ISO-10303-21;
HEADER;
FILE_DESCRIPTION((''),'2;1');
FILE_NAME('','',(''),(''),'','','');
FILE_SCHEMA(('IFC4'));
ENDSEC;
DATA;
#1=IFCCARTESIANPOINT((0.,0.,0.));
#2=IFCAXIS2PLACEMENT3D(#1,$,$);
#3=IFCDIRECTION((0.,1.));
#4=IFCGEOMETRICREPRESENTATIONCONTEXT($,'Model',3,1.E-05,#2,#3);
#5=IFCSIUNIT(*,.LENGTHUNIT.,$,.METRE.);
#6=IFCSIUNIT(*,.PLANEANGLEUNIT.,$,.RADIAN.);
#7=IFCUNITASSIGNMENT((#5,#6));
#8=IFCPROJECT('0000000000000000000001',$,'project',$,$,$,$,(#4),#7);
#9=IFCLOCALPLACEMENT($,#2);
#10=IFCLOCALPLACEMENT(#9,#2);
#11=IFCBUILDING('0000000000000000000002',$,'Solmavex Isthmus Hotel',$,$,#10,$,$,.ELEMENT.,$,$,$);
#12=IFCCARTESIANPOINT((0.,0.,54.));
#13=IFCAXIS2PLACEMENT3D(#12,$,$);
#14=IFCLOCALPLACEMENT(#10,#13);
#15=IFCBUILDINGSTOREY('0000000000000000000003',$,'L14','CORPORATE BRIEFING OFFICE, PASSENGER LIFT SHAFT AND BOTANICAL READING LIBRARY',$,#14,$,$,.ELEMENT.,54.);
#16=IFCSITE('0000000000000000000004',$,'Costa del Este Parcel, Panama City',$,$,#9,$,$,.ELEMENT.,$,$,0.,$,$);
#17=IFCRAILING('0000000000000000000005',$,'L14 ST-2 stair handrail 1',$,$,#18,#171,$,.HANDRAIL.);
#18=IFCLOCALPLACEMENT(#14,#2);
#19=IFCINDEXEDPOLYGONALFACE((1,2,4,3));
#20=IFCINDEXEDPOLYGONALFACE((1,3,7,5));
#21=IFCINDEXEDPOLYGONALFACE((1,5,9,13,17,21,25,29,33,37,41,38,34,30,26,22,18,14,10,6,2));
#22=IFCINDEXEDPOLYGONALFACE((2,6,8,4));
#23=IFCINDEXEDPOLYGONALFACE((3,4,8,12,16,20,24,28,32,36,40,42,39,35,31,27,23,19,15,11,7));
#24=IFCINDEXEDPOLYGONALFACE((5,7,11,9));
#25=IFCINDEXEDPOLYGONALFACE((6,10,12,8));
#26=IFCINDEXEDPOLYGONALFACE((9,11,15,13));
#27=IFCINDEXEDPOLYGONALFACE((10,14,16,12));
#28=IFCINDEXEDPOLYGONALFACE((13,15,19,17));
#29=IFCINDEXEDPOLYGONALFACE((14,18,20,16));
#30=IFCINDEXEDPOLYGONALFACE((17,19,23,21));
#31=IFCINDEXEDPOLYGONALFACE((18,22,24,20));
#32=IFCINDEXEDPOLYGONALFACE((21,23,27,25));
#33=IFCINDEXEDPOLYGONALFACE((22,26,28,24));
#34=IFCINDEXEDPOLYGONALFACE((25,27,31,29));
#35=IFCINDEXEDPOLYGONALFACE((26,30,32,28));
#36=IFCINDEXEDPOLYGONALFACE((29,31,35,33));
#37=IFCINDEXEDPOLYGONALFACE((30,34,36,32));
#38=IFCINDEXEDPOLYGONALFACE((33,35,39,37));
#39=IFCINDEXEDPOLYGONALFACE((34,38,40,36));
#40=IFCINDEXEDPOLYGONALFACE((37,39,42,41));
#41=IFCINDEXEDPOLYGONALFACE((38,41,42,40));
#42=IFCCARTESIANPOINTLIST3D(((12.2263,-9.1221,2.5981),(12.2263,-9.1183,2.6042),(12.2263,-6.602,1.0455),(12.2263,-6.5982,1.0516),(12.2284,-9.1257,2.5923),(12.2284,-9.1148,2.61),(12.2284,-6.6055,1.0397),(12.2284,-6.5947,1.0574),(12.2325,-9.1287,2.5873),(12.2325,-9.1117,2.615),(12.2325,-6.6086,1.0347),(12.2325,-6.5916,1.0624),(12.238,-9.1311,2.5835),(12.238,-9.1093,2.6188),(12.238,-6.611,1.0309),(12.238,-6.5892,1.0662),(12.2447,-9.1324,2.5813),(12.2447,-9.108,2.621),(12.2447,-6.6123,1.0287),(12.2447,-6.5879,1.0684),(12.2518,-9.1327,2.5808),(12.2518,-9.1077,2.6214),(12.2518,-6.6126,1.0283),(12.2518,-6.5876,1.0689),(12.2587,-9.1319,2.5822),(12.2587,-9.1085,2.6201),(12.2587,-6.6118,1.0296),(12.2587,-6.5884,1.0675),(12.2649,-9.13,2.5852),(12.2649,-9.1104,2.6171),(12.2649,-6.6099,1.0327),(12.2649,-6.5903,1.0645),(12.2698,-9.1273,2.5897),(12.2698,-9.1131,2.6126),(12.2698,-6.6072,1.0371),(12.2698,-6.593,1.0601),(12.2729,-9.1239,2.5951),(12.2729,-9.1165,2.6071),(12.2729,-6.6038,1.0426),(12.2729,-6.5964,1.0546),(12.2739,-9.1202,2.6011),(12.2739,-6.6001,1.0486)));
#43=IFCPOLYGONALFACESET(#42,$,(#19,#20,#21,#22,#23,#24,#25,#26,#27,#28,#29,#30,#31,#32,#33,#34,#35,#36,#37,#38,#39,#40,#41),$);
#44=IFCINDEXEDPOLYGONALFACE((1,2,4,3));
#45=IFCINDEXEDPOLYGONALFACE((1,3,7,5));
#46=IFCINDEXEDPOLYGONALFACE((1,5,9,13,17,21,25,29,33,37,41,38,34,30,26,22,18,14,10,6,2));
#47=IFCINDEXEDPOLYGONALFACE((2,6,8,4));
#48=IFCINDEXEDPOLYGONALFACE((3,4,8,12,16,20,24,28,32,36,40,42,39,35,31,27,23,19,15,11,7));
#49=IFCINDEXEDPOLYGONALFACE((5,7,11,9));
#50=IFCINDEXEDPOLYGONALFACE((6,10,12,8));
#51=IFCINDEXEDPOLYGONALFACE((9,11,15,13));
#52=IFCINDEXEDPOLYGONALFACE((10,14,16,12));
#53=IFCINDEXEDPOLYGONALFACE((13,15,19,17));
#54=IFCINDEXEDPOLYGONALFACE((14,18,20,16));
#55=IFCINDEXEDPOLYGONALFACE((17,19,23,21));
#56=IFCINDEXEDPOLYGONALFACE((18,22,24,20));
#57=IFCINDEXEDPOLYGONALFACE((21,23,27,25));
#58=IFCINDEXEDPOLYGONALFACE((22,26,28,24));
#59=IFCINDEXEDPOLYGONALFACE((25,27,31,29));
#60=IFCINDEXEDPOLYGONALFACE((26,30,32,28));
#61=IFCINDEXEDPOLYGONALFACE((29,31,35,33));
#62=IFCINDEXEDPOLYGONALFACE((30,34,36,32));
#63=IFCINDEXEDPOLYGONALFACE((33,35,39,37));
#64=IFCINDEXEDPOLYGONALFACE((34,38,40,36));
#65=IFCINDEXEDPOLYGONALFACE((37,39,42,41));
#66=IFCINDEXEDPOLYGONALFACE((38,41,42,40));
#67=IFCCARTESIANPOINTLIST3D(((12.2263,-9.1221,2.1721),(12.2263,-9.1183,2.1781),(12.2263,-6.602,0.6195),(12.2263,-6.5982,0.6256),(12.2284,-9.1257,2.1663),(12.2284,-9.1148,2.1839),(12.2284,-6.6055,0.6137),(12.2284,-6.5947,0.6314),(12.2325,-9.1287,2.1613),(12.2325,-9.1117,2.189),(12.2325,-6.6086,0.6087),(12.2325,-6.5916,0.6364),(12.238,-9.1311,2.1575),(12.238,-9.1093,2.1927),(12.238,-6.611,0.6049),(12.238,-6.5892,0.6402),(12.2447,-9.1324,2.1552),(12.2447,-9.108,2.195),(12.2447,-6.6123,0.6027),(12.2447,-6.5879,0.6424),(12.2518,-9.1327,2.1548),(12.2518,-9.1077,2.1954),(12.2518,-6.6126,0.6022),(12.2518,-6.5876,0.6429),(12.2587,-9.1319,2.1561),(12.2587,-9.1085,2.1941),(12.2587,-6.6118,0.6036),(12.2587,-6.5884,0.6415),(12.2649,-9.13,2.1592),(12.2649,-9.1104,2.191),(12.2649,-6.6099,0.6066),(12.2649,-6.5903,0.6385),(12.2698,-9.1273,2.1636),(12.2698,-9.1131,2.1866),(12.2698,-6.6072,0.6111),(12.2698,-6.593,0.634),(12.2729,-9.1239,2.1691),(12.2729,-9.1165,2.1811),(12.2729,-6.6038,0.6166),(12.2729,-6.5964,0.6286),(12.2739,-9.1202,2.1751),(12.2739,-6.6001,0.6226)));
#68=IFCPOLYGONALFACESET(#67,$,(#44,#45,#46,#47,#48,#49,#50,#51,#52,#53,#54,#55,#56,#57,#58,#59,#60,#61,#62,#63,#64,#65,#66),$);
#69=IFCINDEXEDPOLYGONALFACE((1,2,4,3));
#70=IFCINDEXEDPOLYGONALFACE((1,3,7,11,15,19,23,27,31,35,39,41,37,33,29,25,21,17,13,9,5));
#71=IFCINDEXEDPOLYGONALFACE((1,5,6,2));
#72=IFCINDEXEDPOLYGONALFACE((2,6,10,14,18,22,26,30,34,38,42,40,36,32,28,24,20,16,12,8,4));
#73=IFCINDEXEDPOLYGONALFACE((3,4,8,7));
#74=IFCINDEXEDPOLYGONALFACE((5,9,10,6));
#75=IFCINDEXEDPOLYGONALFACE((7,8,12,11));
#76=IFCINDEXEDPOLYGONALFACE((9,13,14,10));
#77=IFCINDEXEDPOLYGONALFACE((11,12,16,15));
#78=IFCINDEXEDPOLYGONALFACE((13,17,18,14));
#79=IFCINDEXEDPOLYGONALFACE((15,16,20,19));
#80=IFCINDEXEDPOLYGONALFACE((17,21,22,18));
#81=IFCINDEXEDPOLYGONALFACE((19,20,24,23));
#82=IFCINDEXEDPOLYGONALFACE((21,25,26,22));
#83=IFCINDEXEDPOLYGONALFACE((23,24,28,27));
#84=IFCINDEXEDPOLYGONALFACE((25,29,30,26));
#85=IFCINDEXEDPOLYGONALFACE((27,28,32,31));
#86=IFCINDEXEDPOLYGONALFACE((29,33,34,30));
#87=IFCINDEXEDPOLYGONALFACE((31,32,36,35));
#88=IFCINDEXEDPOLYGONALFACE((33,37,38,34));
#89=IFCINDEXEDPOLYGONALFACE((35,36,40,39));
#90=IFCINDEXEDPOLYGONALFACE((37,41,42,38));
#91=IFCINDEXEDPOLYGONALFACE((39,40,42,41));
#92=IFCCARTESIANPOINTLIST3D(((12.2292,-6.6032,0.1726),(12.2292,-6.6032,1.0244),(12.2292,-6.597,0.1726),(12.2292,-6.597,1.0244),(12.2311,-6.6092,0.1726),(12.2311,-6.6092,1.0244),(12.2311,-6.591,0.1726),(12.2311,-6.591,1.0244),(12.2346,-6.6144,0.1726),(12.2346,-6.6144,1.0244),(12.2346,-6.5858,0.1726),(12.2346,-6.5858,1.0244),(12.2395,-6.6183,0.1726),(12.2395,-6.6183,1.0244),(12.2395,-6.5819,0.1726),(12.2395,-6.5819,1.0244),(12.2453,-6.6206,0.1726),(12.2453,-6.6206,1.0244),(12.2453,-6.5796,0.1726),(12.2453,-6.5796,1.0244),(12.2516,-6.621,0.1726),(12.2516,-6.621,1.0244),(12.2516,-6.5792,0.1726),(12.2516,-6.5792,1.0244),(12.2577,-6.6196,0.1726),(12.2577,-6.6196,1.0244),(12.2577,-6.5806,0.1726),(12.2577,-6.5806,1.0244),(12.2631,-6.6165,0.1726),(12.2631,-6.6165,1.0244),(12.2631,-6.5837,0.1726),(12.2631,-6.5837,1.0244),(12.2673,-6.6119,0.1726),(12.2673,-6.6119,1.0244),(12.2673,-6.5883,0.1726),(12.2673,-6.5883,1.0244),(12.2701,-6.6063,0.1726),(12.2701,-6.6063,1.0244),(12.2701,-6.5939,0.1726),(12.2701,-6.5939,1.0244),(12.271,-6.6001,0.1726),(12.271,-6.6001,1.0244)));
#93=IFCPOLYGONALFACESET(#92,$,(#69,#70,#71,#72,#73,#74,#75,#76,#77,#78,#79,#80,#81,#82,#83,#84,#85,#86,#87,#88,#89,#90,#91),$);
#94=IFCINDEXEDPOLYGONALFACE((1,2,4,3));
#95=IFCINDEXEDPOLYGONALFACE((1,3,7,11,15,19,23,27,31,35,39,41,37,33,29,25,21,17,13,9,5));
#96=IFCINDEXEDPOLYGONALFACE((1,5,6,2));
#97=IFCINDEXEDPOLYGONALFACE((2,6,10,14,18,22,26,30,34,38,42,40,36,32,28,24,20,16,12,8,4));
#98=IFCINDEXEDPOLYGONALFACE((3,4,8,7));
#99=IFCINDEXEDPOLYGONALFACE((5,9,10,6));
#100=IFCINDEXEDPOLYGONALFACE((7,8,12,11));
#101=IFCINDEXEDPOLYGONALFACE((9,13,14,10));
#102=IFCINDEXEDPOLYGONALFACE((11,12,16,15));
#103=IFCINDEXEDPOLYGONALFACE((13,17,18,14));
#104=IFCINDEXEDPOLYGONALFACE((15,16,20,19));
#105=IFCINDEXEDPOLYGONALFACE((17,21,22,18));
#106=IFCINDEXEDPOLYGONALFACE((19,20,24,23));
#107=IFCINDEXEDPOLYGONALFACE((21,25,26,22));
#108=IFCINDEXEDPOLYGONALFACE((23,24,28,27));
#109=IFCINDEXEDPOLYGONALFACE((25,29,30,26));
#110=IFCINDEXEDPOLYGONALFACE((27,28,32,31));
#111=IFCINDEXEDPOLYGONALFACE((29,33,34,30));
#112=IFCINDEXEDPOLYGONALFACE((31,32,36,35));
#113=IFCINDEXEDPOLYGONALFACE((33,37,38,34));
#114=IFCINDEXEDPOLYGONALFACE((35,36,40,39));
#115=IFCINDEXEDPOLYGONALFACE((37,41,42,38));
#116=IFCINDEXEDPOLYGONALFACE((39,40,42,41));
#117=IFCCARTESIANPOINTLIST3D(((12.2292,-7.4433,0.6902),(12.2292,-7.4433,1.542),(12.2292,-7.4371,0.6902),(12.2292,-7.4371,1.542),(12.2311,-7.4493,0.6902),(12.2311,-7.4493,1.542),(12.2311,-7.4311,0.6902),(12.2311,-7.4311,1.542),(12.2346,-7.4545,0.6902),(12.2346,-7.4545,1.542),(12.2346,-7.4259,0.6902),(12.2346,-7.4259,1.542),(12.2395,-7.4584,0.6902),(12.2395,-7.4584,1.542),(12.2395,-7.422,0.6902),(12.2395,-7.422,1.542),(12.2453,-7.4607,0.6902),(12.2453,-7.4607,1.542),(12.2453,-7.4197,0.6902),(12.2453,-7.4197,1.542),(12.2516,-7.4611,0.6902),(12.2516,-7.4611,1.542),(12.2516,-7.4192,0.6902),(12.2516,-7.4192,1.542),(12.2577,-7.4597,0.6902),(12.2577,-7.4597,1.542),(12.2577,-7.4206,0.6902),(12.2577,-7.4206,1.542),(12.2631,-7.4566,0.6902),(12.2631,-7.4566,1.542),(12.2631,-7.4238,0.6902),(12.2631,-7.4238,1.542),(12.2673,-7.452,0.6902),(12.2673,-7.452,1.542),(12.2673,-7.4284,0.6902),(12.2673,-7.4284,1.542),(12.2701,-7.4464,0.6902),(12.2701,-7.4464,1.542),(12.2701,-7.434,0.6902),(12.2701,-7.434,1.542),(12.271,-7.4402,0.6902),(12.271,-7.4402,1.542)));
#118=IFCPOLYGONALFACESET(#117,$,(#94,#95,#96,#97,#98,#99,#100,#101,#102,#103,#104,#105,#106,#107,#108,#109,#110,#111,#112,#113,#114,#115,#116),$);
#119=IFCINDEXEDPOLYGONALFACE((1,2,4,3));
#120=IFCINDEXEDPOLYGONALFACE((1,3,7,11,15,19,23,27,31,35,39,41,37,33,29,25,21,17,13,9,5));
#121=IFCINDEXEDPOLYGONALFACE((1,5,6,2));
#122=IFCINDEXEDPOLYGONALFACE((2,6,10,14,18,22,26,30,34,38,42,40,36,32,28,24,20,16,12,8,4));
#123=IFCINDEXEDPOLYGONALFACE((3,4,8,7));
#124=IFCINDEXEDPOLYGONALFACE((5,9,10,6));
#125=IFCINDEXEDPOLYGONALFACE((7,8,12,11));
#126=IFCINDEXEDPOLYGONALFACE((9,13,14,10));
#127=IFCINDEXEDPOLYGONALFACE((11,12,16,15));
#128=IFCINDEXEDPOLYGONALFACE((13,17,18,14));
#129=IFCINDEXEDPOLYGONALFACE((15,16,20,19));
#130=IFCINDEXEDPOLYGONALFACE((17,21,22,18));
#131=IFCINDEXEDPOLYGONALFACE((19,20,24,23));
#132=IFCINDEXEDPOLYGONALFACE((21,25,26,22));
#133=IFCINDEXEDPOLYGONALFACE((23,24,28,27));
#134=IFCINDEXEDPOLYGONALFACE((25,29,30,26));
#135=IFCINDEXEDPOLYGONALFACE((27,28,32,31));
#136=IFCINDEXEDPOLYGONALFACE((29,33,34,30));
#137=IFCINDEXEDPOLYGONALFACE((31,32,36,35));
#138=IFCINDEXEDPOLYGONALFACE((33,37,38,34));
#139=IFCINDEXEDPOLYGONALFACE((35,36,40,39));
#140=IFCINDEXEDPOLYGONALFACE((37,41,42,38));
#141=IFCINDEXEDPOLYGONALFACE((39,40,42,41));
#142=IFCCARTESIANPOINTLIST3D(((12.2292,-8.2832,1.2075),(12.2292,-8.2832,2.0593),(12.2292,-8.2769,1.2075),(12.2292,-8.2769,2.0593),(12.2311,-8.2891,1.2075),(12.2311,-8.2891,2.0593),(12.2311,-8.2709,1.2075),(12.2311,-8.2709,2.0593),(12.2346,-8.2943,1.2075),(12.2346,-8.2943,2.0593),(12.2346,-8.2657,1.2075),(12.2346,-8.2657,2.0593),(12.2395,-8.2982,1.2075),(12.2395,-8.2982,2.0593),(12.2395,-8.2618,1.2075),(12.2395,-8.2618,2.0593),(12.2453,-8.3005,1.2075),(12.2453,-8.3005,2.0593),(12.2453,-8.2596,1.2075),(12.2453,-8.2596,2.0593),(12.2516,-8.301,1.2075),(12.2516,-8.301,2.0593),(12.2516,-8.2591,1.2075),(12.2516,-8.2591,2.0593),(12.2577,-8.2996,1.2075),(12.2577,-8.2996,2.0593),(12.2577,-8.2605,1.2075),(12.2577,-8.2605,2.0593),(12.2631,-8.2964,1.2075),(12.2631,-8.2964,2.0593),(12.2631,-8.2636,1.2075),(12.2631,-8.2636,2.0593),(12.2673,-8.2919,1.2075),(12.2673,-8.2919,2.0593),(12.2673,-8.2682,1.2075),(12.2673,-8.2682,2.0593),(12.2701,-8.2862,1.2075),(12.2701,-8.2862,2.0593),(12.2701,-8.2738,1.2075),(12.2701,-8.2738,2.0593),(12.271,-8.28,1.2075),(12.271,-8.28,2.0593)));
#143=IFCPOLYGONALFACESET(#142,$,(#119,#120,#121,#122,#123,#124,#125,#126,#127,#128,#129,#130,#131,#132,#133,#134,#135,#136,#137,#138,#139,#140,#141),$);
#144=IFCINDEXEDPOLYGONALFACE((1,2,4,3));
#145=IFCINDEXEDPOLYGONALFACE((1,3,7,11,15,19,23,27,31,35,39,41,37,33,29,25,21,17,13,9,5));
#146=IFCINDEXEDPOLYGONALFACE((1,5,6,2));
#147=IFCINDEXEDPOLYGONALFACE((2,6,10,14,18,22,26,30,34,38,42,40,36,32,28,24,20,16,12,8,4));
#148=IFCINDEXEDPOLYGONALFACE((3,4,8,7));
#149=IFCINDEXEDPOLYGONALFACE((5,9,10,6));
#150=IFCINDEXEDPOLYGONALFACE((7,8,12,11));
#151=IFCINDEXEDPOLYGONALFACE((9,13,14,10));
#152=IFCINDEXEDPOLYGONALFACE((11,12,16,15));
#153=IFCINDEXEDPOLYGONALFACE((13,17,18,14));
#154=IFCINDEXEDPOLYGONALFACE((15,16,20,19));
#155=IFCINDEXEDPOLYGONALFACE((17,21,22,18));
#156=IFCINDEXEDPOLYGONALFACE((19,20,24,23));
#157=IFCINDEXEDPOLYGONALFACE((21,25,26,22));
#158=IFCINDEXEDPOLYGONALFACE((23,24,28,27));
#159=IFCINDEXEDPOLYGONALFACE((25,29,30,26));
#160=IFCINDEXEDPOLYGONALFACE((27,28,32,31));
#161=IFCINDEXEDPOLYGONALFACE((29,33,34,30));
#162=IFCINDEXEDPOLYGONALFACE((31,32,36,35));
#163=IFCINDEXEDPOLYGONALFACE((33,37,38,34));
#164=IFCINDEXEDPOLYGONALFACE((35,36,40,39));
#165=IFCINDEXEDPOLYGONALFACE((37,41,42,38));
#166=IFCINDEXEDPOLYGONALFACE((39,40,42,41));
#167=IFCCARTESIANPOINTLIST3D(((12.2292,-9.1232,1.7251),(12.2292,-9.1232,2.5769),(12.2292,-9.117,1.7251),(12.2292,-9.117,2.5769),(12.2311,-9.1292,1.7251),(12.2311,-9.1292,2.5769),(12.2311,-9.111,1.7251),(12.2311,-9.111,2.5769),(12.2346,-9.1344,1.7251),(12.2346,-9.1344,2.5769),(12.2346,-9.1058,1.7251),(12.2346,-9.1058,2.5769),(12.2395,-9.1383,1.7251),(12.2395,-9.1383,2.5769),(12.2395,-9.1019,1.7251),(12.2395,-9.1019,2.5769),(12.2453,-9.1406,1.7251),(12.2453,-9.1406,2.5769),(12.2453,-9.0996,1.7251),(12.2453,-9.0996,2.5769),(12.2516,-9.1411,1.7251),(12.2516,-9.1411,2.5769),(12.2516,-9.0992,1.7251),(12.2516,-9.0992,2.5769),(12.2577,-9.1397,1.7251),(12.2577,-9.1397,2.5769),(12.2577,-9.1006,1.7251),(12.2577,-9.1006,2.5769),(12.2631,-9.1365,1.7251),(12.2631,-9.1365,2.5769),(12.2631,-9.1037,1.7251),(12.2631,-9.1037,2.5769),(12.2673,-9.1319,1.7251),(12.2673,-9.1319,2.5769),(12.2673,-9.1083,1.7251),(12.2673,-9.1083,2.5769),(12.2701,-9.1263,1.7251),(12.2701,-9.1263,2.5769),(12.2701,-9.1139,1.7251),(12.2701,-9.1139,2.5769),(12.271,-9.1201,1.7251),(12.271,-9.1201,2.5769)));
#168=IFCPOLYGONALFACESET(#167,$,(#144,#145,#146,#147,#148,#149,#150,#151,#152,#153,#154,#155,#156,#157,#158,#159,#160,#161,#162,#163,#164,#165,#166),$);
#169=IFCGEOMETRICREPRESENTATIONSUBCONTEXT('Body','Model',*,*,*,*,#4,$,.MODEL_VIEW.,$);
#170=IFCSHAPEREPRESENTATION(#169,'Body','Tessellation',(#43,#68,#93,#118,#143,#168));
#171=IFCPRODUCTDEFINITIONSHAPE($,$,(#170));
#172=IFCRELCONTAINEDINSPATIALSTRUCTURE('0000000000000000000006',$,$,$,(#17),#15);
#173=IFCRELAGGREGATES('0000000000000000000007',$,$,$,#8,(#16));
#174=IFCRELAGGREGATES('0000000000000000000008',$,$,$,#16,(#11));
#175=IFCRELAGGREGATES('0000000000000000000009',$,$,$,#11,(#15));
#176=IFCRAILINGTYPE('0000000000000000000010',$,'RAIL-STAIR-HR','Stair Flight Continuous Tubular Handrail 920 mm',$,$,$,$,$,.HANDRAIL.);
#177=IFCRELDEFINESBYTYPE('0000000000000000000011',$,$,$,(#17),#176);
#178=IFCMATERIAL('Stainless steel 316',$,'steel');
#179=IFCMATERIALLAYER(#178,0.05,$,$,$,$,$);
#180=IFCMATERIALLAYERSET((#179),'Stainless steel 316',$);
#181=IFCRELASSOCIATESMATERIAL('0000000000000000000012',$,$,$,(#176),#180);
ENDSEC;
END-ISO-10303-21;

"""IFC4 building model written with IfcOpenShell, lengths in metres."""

from ifc_helpers import new_model, si_unit, direction, frame, origin, origin_2d, place, context, subcontext, project, spatial, circle, extrude, material, layer, layer_set, type_object, element, save


model = new_model("IFC4")

# Units and contexts
model_context = context("Model", 3, precision=1e-05, world=origin(), true_north=direction((0.0, 1.0)))
body_context = subcontext(model_context, "Body", "Model", "MODEL_VIEW")
ifc_project = project(units=[si_unit("LENGTHUNIT", "METRE"), si_unit("PLANEANGLEUNIT", "RADIAN")], contexts=[model_context])

# Site, building, storey
site_placement = place(None, origin())
site = spatial("IfcSite", under=ifc_project, at=site_placement, Name="Costa del Este Parcel, Panama City", CompositionType="ELEMENT", RefElevation=0.0)
building_placement = place(site_placement, origin())
building = spatial("IfcBuilding", under=site, at=building_placement, Name="Solmavex Isthmus Hotel", CompositionType="ELEMENT")
storey_placement = place(building_placement, frame((0.0, 0.0, 54.0)))
storey = spatial("IfcBuildingStorey", under=building, at=storey_placement, Name="L14", Description="CORPORATE BRIEFING OFFICE, PASSENGER LIFT SHAFT AND BOTANICAL READING LIBRARY", CompositionType="ELEMENT", Elevation=54.0)

# Railing
ifc_material_1 = material(Name="Stainless steel 316", Category="steel")
ifc_layer_1 = layer(ifc_material_1, 0.05)
ifc_layer_set_1 = layer_set([ifc_layer_1], Name="Stainless steel 316")
railing_type_1 = type_object("IfcRailingType", Name="RAIL-STAIR-HR", Description="Stair Flight Continuous Tubular Handrail 920 mm", PredefinedType="HANDRAIL", material=ifc_layer_set_1)
railing_1_placement = place(storey_placement, frame((12.25, -6.6001, 0.1726)))
element("IfcRailing", 1, at=railing_1_placement, inside=storey, type_object=railing_type_1, Name="L14 ST-2 stair handrail 1", PredefinedType="HANDRAIL", context=body_context, shape_type="SweptSolid", body=[
    extrude(circle(Radius=0.0239, at=origin_2d()), frame((0.0, 0.0, 0.876), z_axis=(0.0, -0.8514, 0.524516), x_axis=(1.0, 0.0, 0.0)), (0.0, 0.0, 1.0), 2.96),
    extrude(circle(Radius=0.0239, at=origin_2d()), frame((0.0, 0.0, 0.45), z_axis=(0.0, -0.8514, 0.524516), x_axis=(1.0, 0.0, 0.0)), (0.0, 0.0, 1.0), 2.96),
    extrude(circle(Radius=0.021, at=origin_2d()), origin(), (0.0, 0.0, 1.0), 0.8518),
    extrude(circle(Radius=0.021, at=origin_2d()), frame((0.0, -0.8401, 0.5176)), (0.0, 0.0, 1.0), 0.8518),
    extrude(circle(Radius=0.021, at=origin_2d()), frame((0.0, -1.6799, 1.0349)), (0.0, 0.0, 1.0), 0.8518),
    extrude(circle(Radius=0.021, at=origin_2d()), frame((0.0, -2.52, 1.5525)), (0.0, 0.0, 1.0), 0.8518),
])

save(model, "model.ifc")
